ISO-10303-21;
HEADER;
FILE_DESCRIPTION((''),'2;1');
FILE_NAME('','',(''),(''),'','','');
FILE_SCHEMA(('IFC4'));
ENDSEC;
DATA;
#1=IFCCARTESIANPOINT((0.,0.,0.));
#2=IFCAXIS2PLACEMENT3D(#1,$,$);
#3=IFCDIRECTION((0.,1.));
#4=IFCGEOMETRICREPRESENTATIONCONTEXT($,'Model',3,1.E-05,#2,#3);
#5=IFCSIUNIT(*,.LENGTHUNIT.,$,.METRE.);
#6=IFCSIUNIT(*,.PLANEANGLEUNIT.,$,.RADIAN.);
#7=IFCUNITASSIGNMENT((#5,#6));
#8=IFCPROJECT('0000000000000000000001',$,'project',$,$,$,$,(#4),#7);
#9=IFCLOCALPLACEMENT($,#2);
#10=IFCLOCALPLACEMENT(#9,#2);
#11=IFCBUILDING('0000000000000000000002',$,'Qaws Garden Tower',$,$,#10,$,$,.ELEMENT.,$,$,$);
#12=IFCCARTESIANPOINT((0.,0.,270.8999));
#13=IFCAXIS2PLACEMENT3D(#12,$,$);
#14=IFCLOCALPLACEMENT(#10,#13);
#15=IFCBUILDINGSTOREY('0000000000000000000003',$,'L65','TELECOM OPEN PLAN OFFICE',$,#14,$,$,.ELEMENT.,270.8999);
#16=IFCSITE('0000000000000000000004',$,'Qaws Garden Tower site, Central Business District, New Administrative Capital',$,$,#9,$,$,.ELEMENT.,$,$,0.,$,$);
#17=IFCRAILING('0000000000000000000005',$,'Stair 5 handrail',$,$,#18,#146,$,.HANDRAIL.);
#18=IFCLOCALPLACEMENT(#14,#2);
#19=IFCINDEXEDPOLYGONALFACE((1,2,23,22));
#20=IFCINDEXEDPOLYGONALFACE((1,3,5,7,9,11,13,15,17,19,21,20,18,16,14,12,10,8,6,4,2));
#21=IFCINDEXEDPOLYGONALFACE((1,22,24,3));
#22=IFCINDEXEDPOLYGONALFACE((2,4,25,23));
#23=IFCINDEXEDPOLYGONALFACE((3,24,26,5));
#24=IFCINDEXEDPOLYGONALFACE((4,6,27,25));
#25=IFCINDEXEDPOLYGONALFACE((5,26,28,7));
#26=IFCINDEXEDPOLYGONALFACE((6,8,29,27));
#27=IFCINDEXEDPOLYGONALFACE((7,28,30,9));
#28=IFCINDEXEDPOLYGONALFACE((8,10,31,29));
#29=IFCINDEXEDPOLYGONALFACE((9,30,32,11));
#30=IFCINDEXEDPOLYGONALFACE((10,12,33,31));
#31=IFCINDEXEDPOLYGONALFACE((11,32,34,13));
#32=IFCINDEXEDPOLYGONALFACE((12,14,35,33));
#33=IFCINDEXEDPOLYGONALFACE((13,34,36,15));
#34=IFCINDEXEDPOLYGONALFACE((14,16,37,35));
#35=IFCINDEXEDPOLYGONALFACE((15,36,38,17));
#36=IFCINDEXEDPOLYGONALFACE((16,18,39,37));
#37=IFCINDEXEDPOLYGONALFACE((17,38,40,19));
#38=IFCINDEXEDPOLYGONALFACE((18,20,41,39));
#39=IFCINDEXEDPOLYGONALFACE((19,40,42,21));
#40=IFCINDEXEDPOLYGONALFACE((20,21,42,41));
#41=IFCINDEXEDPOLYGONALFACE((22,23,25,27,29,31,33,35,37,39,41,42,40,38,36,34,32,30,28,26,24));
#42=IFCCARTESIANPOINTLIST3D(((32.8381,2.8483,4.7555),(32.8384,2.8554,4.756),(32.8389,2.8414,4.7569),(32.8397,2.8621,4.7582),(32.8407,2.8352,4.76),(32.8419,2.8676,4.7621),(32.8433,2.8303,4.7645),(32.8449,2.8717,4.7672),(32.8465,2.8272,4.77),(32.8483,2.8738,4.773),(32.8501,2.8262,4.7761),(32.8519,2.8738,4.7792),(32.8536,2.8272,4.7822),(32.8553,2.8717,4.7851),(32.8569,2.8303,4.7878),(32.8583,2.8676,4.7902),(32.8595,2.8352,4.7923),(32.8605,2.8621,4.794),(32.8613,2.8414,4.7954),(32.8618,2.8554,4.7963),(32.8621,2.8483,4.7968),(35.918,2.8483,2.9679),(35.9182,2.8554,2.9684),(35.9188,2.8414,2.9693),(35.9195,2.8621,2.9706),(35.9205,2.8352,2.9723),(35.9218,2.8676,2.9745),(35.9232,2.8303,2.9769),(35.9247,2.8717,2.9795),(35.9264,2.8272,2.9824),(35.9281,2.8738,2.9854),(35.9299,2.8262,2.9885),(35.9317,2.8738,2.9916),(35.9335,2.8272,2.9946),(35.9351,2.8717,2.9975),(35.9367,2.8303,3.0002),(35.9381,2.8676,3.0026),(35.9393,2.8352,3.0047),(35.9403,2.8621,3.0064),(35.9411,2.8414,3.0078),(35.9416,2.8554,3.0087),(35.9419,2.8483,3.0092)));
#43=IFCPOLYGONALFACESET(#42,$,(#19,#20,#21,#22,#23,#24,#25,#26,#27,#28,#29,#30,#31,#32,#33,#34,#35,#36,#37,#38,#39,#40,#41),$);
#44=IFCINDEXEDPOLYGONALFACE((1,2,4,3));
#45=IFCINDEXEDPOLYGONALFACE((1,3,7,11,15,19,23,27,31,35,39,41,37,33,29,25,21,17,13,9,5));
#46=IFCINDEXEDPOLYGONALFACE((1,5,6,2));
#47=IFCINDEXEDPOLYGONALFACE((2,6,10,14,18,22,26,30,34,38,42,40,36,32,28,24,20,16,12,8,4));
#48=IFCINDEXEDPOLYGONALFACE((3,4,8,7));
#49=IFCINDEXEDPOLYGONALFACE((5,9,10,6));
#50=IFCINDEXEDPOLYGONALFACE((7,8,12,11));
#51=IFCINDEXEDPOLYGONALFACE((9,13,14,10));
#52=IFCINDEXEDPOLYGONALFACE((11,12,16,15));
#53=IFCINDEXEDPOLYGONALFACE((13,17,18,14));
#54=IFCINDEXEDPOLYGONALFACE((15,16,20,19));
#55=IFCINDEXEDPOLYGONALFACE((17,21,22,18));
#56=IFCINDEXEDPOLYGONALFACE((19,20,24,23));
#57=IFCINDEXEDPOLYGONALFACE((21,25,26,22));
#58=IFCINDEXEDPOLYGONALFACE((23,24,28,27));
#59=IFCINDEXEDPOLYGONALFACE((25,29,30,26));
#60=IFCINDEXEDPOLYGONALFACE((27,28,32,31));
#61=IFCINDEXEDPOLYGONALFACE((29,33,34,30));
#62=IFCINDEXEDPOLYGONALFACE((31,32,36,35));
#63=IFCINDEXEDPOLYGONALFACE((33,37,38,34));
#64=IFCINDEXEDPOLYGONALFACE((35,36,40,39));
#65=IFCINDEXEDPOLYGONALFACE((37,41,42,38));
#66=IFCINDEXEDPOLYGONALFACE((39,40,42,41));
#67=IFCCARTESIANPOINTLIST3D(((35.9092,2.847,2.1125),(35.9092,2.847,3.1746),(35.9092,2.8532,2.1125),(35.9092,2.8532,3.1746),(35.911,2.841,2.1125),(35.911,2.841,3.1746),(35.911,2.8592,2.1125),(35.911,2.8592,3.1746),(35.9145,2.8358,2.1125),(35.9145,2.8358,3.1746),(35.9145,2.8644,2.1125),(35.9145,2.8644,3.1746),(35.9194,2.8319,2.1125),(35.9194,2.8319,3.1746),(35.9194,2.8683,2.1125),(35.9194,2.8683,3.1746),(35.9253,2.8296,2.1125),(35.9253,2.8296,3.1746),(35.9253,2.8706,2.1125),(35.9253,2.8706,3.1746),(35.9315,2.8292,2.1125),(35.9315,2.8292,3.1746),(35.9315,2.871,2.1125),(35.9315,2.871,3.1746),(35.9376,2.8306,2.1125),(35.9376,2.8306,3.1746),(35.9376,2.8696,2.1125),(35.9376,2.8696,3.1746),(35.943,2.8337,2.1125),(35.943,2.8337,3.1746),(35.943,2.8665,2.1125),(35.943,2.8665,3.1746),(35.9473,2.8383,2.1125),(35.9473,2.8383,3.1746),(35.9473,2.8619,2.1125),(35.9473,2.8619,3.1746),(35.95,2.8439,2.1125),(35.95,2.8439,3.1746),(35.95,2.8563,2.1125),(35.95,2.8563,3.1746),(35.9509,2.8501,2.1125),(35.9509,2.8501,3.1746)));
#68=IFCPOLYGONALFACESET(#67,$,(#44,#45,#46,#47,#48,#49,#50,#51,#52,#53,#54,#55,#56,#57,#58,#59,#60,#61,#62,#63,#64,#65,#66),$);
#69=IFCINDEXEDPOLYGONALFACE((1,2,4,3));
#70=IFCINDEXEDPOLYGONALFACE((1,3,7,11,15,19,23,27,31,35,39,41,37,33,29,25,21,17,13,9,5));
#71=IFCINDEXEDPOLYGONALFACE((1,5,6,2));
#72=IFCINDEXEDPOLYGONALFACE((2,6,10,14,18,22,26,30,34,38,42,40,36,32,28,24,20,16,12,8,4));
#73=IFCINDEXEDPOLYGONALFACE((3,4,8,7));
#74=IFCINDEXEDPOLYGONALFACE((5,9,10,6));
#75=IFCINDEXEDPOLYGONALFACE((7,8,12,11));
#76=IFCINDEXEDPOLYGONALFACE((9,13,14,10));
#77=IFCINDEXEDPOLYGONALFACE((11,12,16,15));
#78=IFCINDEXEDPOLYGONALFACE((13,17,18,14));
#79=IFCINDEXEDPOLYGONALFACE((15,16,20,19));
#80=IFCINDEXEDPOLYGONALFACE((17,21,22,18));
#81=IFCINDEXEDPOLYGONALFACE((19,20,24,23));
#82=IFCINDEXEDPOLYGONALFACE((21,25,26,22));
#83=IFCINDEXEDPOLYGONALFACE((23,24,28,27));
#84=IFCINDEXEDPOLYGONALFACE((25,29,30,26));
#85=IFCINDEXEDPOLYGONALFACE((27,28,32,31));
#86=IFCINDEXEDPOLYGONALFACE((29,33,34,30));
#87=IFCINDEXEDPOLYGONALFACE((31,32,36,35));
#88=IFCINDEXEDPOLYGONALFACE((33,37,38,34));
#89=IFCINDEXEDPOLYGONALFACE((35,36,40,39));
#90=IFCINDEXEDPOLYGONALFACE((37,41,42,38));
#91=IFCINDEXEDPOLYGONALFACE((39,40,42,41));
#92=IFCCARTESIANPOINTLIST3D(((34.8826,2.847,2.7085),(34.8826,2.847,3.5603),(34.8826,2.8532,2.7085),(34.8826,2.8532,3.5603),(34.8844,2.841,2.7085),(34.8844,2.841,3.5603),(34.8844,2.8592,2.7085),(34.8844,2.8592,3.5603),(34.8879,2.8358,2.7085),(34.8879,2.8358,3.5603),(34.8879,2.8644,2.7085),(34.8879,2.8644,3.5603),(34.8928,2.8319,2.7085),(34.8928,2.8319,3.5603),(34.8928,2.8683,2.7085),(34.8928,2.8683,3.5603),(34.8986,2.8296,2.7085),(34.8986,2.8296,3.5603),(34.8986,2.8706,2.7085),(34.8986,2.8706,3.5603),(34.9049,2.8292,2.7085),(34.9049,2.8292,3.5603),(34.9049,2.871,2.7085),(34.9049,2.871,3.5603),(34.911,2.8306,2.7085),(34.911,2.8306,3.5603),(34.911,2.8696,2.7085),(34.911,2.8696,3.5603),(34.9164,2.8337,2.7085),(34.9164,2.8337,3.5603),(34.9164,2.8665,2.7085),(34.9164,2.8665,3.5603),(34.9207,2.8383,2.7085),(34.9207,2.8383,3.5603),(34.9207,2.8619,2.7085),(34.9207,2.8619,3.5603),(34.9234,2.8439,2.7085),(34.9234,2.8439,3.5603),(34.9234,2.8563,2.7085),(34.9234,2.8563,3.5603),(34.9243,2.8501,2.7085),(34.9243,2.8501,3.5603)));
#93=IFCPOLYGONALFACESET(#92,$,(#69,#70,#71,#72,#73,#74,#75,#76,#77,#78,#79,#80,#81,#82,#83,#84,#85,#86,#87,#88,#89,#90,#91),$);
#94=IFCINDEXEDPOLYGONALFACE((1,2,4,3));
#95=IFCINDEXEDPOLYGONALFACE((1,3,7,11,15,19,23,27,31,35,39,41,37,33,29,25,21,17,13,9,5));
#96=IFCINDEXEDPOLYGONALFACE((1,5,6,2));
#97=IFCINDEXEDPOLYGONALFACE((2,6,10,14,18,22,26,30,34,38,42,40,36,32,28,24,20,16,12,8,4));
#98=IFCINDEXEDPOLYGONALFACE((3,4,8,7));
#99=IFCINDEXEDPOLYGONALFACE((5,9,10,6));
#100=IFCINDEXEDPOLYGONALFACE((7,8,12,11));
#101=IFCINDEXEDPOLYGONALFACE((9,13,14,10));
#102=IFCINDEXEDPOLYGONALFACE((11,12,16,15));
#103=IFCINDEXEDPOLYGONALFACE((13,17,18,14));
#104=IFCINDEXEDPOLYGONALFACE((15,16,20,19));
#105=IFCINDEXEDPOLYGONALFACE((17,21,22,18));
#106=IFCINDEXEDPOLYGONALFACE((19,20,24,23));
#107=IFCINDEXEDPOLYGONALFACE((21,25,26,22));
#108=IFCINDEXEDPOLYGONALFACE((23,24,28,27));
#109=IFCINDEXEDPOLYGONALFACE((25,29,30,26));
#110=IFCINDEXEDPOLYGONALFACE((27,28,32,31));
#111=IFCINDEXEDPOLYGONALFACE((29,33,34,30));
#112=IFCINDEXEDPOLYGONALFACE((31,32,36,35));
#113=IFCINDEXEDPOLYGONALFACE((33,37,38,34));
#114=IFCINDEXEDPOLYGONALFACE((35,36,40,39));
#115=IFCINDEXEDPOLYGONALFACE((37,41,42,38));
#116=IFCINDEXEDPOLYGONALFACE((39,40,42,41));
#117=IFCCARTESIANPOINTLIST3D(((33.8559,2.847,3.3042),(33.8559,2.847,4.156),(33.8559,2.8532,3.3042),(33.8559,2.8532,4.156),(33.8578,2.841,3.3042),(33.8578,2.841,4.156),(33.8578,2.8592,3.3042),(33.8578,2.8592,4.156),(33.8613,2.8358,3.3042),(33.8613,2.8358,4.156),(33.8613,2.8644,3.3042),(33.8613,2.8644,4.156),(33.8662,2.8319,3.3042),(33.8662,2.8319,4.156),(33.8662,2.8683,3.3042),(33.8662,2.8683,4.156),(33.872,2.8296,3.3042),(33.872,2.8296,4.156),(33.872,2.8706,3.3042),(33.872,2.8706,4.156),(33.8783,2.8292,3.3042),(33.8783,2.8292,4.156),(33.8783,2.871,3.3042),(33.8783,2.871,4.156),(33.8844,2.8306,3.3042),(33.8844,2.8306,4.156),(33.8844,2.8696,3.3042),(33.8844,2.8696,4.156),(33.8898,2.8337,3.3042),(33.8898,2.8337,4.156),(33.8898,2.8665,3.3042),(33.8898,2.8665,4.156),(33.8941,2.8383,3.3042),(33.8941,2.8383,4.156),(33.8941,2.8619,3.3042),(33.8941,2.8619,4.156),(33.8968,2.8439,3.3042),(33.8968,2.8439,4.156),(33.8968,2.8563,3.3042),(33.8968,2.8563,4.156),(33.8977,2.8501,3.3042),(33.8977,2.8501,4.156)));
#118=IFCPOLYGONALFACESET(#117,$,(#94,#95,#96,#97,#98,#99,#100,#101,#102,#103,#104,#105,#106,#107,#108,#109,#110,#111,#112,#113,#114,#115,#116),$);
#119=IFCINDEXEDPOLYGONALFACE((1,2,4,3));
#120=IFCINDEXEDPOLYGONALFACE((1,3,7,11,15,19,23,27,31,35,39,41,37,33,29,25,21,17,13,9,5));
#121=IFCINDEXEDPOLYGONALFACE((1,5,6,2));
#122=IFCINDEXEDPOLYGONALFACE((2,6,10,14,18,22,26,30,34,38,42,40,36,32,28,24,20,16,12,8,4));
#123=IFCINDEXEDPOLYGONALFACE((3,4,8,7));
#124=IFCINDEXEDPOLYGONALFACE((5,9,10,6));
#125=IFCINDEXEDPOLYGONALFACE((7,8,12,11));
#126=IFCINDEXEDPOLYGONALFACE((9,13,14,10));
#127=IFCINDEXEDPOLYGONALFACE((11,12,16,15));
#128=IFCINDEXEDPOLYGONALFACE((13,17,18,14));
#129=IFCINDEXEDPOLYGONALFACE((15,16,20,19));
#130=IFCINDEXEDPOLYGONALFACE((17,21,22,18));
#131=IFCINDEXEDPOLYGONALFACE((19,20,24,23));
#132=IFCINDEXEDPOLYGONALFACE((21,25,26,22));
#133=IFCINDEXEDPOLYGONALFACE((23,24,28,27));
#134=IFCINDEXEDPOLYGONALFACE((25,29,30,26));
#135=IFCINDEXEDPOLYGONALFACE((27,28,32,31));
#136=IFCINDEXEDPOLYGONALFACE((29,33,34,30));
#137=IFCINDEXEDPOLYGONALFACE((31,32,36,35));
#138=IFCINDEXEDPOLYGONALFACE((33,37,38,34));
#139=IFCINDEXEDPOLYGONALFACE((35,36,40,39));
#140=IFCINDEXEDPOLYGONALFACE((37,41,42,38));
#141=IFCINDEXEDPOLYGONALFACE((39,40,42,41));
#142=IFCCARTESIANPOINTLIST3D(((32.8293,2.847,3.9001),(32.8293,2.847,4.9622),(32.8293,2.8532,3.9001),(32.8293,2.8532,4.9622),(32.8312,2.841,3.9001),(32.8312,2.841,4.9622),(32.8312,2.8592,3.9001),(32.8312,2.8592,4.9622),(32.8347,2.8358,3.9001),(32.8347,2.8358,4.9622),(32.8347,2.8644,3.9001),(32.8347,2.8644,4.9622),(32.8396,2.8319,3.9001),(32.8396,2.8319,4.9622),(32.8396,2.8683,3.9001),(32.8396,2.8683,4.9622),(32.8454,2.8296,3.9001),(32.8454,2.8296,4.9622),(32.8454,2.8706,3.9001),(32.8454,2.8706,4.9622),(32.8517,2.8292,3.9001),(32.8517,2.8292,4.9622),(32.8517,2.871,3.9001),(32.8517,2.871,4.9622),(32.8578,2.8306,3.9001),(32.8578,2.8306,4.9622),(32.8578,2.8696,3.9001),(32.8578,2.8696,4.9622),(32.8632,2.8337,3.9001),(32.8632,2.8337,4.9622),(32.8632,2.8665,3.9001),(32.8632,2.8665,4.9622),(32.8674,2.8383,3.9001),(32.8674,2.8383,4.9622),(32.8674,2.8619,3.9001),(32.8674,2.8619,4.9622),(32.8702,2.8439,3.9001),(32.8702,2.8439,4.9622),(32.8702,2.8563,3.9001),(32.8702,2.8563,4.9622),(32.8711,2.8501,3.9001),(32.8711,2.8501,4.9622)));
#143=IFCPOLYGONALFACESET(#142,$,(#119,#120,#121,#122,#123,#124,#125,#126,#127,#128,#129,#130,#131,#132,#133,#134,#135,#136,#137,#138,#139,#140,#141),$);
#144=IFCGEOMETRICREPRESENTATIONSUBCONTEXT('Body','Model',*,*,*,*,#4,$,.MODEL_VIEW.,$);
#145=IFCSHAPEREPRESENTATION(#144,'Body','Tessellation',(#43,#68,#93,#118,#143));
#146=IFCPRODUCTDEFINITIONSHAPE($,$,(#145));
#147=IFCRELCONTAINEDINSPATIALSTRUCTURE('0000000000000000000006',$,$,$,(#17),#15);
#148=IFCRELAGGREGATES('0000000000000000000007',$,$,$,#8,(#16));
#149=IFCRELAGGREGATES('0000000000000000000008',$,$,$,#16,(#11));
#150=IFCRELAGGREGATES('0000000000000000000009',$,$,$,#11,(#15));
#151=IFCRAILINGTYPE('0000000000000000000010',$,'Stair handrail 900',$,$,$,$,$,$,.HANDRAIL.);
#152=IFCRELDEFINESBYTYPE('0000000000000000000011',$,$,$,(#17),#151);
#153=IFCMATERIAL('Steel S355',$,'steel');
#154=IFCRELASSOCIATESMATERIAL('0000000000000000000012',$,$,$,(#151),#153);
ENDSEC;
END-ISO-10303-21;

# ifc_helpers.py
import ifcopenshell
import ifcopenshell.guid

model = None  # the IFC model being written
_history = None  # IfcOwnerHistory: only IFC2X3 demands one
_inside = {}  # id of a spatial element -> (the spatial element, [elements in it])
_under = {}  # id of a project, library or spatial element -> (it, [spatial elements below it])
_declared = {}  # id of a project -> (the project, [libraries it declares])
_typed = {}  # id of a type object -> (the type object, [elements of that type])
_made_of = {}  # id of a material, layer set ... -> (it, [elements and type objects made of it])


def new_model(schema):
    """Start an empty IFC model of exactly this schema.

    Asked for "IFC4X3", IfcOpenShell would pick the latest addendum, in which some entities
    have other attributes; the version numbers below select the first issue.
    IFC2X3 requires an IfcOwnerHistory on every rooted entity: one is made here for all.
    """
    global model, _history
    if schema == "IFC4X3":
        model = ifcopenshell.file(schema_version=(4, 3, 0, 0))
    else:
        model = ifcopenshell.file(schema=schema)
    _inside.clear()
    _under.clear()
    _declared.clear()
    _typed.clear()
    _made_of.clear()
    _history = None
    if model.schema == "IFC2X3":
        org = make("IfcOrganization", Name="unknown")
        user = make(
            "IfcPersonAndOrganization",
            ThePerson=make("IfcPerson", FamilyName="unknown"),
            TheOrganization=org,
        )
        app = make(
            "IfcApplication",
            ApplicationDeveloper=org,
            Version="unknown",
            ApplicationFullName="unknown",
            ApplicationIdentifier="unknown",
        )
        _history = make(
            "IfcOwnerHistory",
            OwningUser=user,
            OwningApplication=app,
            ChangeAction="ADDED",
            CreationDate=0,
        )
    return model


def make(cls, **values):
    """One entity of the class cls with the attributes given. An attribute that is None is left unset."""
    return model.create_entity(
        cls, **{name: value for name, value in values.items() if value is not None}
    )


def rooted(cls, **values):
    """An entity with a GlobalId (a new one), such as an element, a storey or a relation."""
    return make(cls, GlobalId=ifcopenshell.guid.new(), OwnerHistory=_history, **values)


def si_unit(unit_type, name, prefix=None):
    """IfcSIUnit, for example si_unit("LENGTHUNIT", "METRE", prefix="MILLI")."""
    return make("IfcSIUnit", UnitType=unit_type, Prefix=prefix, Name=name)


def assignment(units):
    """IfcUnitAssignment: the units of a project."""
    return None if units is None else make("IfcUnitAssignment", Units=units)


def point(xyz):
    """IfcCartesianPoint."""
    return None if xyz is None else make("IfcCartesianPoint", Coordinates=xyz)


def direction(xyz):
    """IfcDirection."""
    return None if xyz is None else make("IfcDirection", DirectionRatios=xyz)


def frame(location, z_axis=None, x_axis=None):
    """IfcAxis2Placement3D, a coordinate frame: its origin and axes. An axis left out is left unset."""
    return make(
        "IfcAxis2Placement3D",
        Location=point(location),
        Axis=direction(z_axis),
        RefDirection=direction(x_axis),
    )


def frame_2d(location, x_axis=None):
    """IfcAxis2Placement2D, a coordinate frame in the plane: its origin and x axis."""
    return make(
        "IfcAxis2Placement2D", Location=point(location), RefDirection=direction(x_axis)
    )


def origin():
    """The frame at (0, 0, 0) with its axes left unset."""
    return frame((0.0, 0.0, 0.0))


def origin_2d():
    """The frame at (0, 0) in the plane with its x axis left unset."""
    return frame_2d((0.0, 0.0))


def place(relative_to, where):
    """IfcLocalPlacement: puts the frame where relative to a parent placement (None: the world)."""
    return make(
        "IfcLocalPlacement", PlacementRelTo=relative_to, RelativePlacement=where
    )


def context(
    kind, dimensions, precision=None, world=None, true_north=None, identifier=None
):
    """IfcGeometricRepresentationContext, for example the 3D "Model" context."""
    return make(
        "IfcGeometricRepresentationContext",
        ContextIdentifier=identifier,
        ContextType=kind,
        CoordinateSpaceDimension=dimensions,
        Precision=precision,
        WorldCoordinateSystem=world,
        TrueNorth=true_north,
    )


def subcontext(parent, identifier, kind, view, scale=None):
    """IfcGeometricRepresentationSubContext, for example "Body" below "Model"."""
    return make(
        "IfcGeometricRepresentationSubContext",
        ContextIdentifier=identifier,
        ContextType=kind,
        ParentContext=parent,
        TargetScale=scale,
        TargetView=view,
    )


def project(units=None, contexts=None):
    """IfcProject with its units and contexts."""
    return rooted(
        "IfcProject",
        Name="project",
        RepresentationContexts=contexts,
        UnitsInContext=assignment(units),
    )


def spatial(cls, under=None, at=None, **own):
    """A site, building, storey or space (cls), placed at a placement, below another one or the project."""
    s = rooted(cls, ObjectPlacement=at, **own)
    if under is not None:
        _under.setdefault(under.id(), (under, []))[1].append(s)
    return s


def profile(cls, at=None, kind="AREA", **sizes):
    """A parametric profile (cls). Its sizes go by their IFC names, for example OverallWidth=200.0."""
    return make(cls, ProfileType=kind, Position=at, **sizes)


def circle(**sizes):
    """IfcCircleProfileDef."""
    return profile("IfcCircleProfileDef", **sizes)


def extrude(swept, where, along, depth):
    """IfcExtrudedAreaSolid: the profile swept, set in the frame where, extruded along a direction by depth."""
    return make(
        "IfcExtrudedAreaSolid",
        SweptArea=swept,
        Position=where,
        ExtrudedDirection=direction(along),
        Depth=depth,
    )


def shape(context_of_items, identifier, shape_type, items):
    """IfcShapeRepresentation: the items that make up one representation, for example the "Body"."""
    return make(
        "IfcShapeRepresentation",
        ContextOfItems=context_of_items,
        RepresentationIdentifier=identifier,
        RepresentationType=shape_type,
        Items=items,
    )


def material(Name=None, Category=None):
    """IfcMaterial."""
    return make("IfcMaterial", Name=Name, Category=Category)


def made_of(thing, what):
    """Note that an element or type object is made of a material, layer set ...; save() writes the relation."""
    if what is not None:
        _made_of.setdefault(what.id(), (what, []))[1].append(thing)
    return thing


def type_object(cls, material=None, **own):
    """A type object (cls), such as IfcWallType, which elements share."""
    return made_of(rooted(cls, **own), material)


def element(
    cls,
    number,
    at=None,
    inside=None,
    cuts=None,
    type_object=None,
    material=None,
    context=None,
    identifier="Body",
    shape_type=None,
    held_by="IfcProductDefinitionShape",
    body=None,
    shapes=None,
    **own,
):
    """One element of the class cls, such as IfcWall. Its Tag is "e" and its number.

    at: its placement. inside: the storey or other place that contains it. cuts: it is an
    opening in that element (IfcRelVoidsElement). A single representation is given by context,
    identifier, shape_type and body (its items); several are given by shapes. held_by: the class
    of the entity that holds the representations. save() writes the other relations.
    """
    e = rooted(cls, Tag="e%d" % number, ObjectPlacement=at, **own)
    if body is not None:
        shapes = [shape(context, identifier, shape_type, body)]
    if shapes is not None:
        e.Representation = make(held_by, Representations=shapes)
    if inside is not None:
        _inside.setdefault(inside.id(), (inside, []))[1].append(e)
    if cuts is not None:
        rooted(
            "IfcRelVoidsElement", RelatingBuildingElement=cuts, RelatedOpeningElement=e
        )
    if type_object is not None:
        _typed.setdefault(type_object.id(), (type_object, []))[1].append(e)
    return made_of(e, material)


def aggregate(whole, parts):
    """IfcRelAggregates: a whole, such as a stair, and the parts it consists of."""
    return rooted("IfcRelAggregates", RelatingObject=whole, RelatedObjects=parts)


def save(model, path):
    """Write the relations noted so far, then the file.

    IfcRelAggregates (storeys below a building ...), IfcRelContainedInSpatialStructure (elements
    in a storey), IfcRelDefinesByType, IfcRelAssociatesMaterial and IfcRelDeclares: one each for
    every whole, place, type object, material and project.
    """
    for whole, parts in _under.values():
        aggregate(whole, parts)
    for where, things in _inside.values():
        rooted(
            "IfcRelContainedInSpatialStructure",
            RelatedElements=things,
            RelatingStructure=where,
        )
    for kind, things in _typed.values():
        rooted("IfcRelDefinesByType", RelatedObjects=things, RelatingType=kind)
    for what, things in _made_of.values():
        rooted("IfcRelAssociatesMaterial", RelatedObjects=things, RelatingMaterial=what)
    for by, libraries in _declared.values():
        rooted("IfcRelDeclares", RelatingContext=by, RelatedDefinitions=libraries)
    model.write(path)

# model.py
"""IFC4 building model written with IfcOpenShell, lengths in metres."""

from ifc_helpers import new_model, si_unit, direction, frame, origin, origin_2d, place, context, subcontext, project, spatial, circle, extrude, material, type_object, element, save


model = new_model("IFC4")

# Units and contexts
model_context = context("Model", 3, precision=1e-05, world=origin(), true_north=direction((0.0, 1.0)))
body_context = subcontext(model_context, "Body", "Model", "MODEL_VIEW")
ifc_project = project(units=[si_unit("LENGTHUNIT", "METRE"), si_unit("PLANEANGLEUNIT", "RADIAN")], contexts=[model_context])

# Site, building, storey
site_placement = place(None, origin())
site = spatial("IfcSite", under=ifc_project, at=site_placement, Name="Qaws Garden Tower site, Central Business District, New Administrative Capital", CompositionType="ELEMENT", RefElevation=0.0)
building_placement = place(site_placement, origin())
building = spatial("IfcBuilding", under=site, at=building_placement, Name="Qaws Garden Tower", CompositionType="ELEMENT")
storey_placement = place(building_placement, frame((0.0, 0.0, 270.8999)))
storey = spatial("IfcBuildingStorey", under=building, at=storey_placement, Name="L65", Description="TELECOM OPEN PLAN OFFICE", CompositionType="ELEMENT", Elevation=270.8999)

# Railing
ifc_material_1 = material(Name="Steel S355", Category="steel")
railing_type = type_object("IfcRailingType", Name="Stair handrail 900", PredefinedType="HANDRAIL", material=ifc_material_1)
railing_placement = place(storey_placement, frame((35.9299, 2.8501, 2.1125)))
element("IfcRailing", 1, at=railing_placement, inside=storey, type_object=railing_type, Name="Stair 5 handrail", PredefinedType="HANDRAIL", context=body_context, shape_type="SweptSolid", body=[
    extrude(circle(Radius=0.0239, at=origin_2d()), frame((0.0, 0.0, 0.876), z_axis=(-0.864873, 0.0, 0.50199), x_axis=(0.0, -1.0, 0.0)), (0.0, 0.0, 1.0), 3.561),
    extrude(circle(Radius=0.021, at=origin_2d()), origin(), (0.0, 0.0, 1.0), 1.062),
    extrude(circle(Radius=0.021, at=origin_2d()), frame((-1.0266, 0.0, 0.5959)), (0.0, 0.0, 1.0), 0.8518),
    extrude(circle(Radius=0.021, at=origin_2d()), frame((-2.0532, 0.0, 1.1917)), (0.0, 0.0, 1.0), 0.8518),
    extrude(circle(Radius=0.021, at=origin_2d()), frame((-3.0798, 0.0, 1.7876)), (0.0, 0.0, 1.0), 1.062),
])

save(model, "model.ifc")
